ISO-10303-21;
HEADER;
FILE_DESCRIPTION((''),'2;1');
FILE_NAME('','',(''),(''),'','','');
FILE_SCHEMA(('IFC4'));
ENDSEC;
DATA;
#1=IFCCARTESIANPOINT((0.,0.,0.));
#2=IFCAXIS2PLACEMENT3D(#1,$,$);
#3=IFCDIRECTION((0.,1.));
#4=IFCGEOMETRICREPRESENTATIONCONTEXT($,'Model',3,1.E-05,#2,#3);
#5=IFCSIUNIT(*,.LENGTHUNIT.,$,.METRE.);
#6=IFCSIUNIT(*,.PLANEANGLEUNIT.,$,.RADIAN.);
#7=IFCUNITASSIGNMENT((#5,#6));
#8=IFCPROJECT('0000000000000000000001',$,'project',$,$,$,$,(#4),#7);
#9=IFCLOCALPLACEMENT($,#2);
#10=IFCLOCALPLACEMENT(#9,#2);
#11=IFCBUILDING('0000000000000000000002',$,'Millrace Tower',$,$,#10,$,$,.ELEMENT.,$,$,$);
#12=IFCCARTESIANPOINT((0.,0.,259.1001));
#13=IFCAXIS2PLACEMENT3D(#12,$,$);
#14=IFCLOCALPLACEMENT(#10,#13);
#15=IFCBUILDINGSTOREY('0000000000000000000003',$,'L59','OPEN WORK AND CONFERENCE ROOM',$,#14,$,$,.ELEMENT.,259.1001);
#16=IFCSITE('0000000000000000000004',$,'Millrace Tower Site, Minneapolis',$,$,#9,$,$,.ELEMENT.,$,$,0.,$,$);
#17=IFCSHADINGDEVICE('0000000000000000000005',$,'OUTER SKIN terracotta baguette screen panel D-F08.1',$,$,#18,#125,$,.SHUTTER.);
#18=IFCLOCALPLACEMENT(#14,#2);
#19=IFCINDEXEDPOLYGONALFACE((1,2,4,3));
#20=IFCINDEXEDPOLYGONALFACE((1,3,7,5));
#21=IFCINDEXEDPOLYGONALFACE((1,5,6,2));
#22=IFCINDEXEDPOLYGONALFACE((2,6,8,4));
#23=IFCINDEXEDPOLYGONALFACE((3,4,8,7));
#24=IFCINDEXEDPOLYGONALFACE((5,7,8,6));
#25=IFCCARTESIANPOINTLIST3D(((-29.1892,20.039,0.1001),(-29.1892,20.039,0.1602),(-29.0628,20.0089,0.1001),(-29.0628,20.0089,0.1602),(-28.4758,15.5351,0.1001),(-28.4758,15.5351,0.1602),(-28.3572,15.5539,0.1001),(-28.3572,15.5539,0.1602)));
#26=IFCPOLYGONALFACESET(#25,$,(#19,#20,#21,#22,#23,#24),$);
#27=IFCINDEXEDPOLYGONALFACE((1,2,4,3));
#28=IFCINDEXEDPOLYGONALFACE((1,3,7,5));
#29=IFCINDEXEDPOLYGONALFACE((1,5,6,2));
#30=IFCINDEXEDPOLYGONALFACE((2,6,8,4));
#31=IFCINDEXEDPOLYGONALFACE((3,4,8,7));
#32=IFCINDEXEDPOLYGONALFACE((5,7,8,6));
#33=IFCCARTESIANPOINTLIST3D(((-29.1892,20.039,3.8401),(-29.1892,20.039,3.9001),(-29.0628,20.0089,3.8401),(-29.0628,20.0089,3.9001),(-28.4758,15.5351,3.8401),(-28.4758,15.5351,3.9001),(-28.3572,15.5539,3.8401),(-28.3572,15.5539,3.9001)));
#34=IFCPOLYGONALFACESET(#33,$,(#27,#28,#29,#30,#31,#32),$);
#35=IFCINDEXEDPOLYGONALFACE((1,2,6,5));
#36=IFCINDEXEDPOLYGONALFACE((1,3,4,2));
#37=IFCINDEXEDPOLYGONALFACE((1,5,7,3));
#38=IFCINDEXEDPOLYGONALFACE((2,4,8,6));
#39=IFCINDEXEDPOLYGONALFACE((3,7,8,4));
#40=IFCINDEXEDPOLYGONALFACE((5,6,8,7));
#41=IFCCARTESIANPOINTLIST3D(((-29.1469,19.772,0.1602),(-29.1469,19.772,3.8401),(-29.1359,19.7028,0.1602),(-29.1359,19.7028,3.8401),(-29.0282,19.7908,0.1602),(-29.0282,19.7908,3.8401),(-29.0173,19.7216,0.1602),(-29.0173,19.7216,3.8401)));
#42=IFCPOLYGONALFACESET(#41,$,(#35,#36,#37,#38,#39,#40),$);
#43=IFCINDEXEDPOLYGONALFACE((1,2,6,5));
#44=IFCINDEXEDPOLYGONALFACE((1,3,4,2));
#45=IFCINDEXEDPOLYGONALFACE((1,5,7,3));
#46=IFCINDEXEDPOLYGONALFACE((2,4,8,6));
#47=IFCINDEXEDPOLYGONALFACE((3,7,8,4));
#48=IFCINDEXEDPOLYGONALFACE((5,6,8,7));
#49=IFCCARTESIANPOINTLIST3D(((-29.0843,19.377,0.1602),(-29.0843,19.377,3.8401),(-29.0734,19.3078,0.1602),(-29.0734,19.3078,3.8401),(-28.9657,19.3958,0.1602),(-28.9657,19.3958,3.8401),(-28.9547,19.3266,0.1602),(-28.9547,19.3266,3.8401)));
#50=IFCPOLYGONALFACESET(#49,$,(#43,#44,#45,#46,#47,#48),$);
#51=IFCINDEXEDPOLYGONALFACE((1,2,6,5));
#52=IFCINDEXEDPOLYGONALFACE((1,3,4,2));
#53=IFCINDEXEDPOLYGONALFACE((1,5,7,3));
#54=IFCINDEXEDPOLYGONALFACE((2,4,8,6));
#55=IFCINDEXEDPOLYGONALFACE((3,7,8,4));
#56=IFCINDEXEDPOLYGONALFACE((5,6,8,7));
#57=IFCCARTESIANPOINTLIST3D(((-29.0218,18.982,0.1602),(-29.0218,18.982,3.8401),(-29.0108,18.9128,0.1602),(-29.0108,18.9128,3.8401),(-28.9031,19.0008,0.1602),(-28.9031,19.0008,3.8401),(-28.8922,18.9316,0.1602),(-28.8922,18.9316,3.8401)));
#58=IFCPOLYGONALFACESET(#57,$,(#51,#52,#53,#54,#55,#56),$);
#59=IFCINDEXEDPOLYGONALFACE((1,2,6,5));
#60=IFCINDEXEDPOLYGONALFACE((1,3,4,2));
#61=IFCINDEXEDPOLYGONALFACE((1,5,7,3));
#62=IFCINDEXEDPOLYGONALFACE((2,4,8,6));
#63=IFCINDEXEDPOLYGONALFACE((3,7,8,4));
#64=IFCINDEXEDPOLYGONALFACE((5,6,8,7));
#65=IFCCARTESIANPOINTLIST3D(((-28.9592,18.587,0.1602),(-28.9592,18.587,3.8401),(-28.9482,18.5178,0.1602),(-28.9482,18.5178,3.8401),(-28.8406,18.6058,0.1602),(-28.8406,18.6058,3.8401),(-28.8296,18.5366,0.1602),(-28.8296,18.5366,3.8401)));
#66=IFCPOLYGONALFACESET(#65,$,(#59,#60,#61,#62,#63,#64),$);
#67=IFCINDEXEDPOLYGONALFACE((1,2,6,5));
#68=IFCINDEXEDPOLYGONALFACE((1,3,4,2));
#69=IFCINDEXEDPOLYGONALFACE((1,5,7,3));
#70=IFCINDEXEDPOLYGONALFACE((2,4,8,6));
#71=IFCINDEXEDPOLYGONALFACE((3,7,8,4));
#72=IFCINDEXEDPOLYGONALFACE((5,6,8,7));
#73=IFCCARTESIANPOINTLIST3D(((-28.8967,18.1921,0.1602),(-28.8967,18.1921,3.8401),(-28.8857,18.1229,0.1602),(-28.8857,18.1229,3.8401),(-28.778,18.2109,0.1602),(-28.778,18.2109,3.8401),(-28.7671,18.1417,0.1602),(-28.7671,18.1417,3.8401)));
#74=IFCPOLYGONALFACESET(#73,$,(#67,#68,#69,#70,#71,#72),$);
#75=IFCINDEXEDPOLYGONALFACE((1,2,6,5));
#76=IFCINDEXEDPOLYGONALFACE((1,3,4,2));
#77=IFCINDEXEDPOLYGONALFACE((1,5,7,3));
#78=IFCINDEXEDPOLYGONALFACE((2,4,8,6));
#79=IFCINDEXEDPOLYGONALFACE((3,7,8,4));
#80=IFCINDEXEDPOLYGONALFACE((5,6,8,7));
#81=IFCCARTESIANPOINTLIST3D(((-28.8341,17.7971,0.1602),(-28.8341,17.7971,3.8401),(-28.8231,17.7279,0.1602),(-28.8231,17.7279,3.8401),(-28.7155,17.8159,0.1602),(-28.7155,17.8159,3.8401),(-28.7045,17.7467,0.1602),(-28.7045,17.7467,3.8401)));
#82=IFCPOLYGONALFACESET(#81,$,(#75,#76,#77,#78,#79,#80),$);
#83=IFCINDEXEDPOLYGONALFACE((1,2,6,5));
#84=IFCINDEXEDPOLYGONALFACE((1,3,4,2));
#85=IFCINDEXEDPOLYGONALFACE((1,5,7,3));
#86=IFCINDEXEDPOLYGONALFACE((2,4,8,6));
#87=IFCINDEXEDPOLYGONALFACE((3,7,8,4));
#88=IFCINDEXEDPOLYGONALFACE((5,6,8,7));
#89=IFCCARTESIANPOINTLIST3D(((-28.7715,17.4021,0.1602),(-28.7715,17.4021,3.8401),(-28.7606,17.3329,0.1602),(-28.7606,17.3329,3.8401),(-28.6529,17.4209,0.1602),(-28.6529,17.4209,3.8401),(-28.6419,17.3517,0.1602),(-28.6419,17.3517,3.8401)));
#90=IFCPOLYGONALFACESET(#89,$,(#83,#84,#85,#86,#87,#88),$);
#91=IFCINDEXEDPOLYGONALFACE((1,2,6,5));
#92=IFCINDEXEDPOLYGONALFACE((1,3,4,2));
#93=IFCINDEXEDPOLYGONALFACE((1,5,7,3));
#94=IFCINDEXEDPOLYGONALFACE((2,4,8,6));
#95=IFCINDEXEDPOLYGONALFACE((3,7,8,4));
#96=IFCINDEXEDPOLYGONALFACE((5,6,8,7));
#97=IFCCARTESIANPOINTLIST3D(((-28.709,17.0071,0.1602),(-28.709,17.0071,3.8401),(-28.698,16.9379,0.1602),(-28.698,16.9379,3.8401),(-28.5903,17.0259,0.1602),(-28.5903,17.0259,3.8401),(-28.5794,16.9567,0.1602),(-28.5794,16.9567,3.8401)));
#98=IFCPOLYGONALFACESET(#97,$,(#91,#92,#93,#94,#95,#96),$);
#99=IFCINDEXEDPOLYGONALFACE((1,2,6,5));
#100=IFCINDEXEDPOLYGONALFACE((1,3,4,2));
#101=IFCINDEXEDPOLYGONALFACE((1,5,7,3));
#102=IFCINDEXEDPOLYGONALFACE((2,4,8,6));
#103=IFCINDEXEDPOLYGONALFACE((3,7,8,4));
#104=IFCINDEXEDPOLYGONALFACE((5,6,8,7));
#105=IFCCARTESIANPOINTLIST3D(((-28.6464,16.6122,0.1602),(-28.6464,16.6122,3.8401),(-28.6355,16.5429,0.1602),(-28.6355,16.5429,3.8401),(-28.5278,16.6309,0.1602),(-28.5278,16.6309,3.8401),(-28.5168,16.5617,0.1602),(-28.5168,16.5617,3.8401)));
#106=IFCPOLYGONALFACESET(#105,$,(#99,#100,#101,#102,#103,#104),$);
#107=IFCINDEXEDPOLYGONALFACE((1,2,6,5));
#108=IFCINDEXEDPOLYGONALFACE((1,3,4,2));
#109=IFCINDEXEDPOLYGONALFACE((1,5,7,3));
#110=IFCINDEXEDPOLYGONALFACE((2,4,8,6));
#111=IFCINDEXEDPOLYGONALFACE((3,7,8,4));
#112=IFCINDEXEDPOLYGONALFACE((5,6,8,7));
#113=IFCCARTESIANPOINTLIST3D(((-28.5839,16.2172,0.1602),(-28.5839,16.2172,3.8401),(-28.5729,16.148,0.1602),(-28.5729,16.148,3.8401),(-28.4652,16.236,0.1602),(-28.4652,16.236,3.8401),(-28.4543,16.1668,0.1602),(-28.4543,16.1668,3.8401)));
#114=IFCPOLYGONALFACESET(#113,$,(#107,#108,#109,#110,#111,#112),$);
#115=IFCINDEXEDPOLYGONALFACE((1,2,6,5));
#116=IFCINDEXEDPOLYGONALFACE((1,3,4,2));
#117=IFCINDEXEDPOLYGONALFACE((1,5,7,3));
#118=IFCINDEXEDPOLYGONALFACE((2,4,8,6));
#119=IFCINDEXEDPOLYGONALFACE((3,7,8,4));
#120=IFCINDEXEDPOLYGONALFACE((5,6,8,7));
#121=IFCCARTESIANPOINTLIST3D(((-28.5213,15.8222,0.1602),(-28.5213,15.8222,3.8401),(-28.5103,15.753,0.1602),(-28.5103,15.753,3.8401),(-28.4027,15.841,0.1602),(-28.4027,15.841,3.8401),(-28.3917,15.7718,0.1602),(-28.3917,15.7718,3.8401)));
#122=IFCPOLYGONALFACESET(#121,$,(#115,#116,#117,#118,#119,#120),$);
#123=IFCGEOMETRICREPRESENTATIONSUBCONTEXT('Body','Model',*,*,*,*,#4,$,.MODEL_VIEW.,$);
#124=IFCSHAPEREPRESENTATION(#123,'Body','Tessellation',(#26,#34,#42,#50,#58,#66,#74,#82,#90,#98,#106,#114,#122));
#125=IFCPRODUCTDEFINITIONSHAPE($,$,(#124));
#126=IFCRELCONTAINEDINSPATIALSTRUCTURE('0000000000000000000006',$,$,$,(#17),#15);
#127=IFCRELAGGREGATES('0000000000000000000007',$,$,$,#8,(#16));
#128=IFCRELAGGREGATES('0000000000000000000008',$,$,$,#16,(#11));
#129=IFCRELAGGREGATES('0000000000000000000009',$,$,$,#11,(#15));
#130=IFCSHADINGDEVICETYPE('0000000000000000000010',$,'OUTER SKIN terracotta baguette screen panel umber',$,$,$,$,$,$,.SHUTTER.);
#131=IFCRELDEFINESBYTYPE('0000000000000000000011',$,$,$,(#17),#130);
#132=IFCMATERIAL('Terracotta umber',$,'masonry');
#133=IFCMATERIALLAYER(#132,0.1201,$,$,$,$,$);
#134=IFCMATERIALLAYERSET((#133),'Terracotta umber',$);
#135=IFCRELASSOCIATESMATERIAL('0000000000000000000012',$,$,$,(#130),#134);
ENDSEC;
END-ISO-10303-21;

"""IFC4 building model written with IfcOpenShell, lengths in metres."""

from ifc_helpers import new_model, entity, si_unit, direction, frame, frame_2d, origin, place, context, subcontext, project, spatial, rectangle, extrude, source, transform, mapped, material, layer, layer_set, type_object, element, save


model = new_model("IFC4")

# Units and contexts
model_context = context("Model", 3, precision=1e-05, world=origin(), true_north=direction((0.0, 1.0)))
body_context = subcontext(model_context, "Body", "Model", "MODEL_VIEW")
ifc_project = project(units=[si_unit("LENGTHUNIT", "METRE"), si_unit("PLANEANGLEUNIT", "RADIAN")], contexts=[model_context])

# Site, building, storey
site_placement = place(None, origin())
site = spatial("IfcSite", under=ifc_project, at=site_placement, Name="Millrace Tower Site, Minneapolis", CompositionType="ELEMENT", RefElevation=0.0)
building_placement = place(site_placement, origin())
building = spatial("IfcBuilding", under=site, at=building_placement, Name="Millrace Tower", CompositionType="ELEMENT")
storey_placement = place(building_placement, frame((0.0, 0.0, 259.1001)))
storey = spatial("IfcBuildingStorey", under=building, at=storey_placement, Name="L59", Description="OPEN WORK AND CONFERENCE ROOM", CompositionType="ELEMENT", Elevation=259.1001)

# Shading device
ifc_material_1 = material(Name="Terracotta umber", Category="masonry")
ifc_layer_1 = layer(ifc_material_1, 0.1201)
ifc_layer_set_1 = layer_set([ifc_layer_1], Name="Terracotta umber")
shading_device_type = type_object("IfcShadingDeviceType", Name="OUTER SKIN terracotta baguette screen panel umber", PredefinedType="SHUTTER", material=ifc_layer_set_1)
cartesian_point_1 = entity("IfcCartesianPoint", [-2.2429, 0.0601])
shared_polyline_1 = entity("IfcPolyline", [cartesian_point_1, entity("IfcCartesianPoint", [2.2676, 0.0601]), entity("IfcCartesianPoint", [2.2676, -0.0601]), entity("IfcCartesianPoint", [-2.2925, -0.0601]), cartesian_point_1])
shared_shape_1 = source(origin(), body_context, "Body", "SweptSolid", [
    entity("IfcExtrudedAreaSolid", entity("IfcArbitraryClosedProfileDef", "AREA", None, shared_polyline_1), entity("IfcAxis2Placement3D", entity("IfcCartesianPoint", [0.0, 0.0, 0.0])), entity("IfcDirection", [0.0, 0.0, 1.0]), 0.0601),
    entity("IfcExtrudedAreaSolid", entity("IfcArbitraryClosedProfileDef", "AREA", None, shared_polyline_1), entity("IfcAxis2Placement3D", entity("IfcCartesianPoint", [0.0, 0.0, 3.74])), entity("IfcDirection", [0.0, 0.0, 1.0]), 0.0601),
    extrude(rectangle(XDim=0.0701, YDim=0.1201, at=frame_2d((-1.9871, 0.0))), frame((0.0, 0.0, 0.0601)), (0.0, 0.0, 1.0), 3.6799),
    extrude(rectangle(XDim=0.0701, YDim=0.1201, at=frame_2d((-1.5872, 0.0))), frame((0.0, 0.0, 0.0601)), (0.0, 0.0, 1.0), 3.6799),
    extrude(rectangle(XDim=0.0701, YDim=0.1201, at=frame_2d((-1.1873, 0.0))), frame((0.0, 0.0, 0.0601)), (0.0, 0.0, 1.0), 3.6799),
    extrude(rectangle(XDim=0.0701, YDim=0.1201, at=frame_2d((-0.7874, 0.0))), frame((0.0, 0.0, 0.0601)), (0.0, 0.0, 1.0), 3.6799),
    extrude(rectangle(XDim=0.0701, YDim=0.1201, at=frame_2d((-0.3875, 0.0))), frame((0.0, 0.0, 0.0601)), (0.0, 0.0, 1.0), 3.6799),
    extrude(rectangle(XDim=0.0701, YDim=0.1201, at=frame_2d((0.0125, 0.0))), frame((0.0, 0.0, 0.0601)), (0.0, 0.0, 1.0), 3.6799),
    extrude(rectangle(XDim=0.0701, YDim=0.1201, at=frame_2d((0.4124, 0.0))), frame((0.0, 0.0, 0.0601)), (0.0, 0.0, 1.0), 3.6799),
    extrude(rectangle(XDim=0.0701, YDim=0.1201, at=frame_2d((0.8123, 0.0))), frame((0.0, 0.0, 0.0601)), (0.0, 0.0, 1.0), 3.6799),
    extrude(rectangle(XDim=0.0701, YDim=0.1201, at=frame_2d((1.2122, 0.0))), frame((0.0, 0.0, 0.0601)), (0.0, 0.0, 1.0), 3.6799),
    extrude(rectangle(XDim=0.0701, YDim=0.1201, at=frame_2d((1.6121, 0.0))), frame((0.0, 0.0, 0.0601)), (0.0, 0.0, 1.0), 3.6799),
    extrude(rectangle(XDim=0.0701, YDim=0.1201, at=frame_2d((2.012, 0.0))), frame((0.0, 0.0, 0.0601)), (0.0, 0.0, 1.0), 3.6799),
])
shading_device_1_placement = place(storey_placement, frame((-28.7712, 17.7842, 0.1001), z_axis=(0.0, 0.0, 1.0), x_axis=(0.156434, -0.987688, 0.0)))
element("IfcShadingDevice", 1, at=shading_device_1_placement, inside=storey, type_object=shading_device_type, Name="OUTER SKIN terracotta baguette screen panel D-F08.1", PredefinedType="SHUTTER", context=body_context, shape_type="MappedRepresentation", body=[
    mapped(shared_shape_1, transform((0.0, 0.0, 0.0), scale=1.0)),
])

save(model, "model.ifc")
